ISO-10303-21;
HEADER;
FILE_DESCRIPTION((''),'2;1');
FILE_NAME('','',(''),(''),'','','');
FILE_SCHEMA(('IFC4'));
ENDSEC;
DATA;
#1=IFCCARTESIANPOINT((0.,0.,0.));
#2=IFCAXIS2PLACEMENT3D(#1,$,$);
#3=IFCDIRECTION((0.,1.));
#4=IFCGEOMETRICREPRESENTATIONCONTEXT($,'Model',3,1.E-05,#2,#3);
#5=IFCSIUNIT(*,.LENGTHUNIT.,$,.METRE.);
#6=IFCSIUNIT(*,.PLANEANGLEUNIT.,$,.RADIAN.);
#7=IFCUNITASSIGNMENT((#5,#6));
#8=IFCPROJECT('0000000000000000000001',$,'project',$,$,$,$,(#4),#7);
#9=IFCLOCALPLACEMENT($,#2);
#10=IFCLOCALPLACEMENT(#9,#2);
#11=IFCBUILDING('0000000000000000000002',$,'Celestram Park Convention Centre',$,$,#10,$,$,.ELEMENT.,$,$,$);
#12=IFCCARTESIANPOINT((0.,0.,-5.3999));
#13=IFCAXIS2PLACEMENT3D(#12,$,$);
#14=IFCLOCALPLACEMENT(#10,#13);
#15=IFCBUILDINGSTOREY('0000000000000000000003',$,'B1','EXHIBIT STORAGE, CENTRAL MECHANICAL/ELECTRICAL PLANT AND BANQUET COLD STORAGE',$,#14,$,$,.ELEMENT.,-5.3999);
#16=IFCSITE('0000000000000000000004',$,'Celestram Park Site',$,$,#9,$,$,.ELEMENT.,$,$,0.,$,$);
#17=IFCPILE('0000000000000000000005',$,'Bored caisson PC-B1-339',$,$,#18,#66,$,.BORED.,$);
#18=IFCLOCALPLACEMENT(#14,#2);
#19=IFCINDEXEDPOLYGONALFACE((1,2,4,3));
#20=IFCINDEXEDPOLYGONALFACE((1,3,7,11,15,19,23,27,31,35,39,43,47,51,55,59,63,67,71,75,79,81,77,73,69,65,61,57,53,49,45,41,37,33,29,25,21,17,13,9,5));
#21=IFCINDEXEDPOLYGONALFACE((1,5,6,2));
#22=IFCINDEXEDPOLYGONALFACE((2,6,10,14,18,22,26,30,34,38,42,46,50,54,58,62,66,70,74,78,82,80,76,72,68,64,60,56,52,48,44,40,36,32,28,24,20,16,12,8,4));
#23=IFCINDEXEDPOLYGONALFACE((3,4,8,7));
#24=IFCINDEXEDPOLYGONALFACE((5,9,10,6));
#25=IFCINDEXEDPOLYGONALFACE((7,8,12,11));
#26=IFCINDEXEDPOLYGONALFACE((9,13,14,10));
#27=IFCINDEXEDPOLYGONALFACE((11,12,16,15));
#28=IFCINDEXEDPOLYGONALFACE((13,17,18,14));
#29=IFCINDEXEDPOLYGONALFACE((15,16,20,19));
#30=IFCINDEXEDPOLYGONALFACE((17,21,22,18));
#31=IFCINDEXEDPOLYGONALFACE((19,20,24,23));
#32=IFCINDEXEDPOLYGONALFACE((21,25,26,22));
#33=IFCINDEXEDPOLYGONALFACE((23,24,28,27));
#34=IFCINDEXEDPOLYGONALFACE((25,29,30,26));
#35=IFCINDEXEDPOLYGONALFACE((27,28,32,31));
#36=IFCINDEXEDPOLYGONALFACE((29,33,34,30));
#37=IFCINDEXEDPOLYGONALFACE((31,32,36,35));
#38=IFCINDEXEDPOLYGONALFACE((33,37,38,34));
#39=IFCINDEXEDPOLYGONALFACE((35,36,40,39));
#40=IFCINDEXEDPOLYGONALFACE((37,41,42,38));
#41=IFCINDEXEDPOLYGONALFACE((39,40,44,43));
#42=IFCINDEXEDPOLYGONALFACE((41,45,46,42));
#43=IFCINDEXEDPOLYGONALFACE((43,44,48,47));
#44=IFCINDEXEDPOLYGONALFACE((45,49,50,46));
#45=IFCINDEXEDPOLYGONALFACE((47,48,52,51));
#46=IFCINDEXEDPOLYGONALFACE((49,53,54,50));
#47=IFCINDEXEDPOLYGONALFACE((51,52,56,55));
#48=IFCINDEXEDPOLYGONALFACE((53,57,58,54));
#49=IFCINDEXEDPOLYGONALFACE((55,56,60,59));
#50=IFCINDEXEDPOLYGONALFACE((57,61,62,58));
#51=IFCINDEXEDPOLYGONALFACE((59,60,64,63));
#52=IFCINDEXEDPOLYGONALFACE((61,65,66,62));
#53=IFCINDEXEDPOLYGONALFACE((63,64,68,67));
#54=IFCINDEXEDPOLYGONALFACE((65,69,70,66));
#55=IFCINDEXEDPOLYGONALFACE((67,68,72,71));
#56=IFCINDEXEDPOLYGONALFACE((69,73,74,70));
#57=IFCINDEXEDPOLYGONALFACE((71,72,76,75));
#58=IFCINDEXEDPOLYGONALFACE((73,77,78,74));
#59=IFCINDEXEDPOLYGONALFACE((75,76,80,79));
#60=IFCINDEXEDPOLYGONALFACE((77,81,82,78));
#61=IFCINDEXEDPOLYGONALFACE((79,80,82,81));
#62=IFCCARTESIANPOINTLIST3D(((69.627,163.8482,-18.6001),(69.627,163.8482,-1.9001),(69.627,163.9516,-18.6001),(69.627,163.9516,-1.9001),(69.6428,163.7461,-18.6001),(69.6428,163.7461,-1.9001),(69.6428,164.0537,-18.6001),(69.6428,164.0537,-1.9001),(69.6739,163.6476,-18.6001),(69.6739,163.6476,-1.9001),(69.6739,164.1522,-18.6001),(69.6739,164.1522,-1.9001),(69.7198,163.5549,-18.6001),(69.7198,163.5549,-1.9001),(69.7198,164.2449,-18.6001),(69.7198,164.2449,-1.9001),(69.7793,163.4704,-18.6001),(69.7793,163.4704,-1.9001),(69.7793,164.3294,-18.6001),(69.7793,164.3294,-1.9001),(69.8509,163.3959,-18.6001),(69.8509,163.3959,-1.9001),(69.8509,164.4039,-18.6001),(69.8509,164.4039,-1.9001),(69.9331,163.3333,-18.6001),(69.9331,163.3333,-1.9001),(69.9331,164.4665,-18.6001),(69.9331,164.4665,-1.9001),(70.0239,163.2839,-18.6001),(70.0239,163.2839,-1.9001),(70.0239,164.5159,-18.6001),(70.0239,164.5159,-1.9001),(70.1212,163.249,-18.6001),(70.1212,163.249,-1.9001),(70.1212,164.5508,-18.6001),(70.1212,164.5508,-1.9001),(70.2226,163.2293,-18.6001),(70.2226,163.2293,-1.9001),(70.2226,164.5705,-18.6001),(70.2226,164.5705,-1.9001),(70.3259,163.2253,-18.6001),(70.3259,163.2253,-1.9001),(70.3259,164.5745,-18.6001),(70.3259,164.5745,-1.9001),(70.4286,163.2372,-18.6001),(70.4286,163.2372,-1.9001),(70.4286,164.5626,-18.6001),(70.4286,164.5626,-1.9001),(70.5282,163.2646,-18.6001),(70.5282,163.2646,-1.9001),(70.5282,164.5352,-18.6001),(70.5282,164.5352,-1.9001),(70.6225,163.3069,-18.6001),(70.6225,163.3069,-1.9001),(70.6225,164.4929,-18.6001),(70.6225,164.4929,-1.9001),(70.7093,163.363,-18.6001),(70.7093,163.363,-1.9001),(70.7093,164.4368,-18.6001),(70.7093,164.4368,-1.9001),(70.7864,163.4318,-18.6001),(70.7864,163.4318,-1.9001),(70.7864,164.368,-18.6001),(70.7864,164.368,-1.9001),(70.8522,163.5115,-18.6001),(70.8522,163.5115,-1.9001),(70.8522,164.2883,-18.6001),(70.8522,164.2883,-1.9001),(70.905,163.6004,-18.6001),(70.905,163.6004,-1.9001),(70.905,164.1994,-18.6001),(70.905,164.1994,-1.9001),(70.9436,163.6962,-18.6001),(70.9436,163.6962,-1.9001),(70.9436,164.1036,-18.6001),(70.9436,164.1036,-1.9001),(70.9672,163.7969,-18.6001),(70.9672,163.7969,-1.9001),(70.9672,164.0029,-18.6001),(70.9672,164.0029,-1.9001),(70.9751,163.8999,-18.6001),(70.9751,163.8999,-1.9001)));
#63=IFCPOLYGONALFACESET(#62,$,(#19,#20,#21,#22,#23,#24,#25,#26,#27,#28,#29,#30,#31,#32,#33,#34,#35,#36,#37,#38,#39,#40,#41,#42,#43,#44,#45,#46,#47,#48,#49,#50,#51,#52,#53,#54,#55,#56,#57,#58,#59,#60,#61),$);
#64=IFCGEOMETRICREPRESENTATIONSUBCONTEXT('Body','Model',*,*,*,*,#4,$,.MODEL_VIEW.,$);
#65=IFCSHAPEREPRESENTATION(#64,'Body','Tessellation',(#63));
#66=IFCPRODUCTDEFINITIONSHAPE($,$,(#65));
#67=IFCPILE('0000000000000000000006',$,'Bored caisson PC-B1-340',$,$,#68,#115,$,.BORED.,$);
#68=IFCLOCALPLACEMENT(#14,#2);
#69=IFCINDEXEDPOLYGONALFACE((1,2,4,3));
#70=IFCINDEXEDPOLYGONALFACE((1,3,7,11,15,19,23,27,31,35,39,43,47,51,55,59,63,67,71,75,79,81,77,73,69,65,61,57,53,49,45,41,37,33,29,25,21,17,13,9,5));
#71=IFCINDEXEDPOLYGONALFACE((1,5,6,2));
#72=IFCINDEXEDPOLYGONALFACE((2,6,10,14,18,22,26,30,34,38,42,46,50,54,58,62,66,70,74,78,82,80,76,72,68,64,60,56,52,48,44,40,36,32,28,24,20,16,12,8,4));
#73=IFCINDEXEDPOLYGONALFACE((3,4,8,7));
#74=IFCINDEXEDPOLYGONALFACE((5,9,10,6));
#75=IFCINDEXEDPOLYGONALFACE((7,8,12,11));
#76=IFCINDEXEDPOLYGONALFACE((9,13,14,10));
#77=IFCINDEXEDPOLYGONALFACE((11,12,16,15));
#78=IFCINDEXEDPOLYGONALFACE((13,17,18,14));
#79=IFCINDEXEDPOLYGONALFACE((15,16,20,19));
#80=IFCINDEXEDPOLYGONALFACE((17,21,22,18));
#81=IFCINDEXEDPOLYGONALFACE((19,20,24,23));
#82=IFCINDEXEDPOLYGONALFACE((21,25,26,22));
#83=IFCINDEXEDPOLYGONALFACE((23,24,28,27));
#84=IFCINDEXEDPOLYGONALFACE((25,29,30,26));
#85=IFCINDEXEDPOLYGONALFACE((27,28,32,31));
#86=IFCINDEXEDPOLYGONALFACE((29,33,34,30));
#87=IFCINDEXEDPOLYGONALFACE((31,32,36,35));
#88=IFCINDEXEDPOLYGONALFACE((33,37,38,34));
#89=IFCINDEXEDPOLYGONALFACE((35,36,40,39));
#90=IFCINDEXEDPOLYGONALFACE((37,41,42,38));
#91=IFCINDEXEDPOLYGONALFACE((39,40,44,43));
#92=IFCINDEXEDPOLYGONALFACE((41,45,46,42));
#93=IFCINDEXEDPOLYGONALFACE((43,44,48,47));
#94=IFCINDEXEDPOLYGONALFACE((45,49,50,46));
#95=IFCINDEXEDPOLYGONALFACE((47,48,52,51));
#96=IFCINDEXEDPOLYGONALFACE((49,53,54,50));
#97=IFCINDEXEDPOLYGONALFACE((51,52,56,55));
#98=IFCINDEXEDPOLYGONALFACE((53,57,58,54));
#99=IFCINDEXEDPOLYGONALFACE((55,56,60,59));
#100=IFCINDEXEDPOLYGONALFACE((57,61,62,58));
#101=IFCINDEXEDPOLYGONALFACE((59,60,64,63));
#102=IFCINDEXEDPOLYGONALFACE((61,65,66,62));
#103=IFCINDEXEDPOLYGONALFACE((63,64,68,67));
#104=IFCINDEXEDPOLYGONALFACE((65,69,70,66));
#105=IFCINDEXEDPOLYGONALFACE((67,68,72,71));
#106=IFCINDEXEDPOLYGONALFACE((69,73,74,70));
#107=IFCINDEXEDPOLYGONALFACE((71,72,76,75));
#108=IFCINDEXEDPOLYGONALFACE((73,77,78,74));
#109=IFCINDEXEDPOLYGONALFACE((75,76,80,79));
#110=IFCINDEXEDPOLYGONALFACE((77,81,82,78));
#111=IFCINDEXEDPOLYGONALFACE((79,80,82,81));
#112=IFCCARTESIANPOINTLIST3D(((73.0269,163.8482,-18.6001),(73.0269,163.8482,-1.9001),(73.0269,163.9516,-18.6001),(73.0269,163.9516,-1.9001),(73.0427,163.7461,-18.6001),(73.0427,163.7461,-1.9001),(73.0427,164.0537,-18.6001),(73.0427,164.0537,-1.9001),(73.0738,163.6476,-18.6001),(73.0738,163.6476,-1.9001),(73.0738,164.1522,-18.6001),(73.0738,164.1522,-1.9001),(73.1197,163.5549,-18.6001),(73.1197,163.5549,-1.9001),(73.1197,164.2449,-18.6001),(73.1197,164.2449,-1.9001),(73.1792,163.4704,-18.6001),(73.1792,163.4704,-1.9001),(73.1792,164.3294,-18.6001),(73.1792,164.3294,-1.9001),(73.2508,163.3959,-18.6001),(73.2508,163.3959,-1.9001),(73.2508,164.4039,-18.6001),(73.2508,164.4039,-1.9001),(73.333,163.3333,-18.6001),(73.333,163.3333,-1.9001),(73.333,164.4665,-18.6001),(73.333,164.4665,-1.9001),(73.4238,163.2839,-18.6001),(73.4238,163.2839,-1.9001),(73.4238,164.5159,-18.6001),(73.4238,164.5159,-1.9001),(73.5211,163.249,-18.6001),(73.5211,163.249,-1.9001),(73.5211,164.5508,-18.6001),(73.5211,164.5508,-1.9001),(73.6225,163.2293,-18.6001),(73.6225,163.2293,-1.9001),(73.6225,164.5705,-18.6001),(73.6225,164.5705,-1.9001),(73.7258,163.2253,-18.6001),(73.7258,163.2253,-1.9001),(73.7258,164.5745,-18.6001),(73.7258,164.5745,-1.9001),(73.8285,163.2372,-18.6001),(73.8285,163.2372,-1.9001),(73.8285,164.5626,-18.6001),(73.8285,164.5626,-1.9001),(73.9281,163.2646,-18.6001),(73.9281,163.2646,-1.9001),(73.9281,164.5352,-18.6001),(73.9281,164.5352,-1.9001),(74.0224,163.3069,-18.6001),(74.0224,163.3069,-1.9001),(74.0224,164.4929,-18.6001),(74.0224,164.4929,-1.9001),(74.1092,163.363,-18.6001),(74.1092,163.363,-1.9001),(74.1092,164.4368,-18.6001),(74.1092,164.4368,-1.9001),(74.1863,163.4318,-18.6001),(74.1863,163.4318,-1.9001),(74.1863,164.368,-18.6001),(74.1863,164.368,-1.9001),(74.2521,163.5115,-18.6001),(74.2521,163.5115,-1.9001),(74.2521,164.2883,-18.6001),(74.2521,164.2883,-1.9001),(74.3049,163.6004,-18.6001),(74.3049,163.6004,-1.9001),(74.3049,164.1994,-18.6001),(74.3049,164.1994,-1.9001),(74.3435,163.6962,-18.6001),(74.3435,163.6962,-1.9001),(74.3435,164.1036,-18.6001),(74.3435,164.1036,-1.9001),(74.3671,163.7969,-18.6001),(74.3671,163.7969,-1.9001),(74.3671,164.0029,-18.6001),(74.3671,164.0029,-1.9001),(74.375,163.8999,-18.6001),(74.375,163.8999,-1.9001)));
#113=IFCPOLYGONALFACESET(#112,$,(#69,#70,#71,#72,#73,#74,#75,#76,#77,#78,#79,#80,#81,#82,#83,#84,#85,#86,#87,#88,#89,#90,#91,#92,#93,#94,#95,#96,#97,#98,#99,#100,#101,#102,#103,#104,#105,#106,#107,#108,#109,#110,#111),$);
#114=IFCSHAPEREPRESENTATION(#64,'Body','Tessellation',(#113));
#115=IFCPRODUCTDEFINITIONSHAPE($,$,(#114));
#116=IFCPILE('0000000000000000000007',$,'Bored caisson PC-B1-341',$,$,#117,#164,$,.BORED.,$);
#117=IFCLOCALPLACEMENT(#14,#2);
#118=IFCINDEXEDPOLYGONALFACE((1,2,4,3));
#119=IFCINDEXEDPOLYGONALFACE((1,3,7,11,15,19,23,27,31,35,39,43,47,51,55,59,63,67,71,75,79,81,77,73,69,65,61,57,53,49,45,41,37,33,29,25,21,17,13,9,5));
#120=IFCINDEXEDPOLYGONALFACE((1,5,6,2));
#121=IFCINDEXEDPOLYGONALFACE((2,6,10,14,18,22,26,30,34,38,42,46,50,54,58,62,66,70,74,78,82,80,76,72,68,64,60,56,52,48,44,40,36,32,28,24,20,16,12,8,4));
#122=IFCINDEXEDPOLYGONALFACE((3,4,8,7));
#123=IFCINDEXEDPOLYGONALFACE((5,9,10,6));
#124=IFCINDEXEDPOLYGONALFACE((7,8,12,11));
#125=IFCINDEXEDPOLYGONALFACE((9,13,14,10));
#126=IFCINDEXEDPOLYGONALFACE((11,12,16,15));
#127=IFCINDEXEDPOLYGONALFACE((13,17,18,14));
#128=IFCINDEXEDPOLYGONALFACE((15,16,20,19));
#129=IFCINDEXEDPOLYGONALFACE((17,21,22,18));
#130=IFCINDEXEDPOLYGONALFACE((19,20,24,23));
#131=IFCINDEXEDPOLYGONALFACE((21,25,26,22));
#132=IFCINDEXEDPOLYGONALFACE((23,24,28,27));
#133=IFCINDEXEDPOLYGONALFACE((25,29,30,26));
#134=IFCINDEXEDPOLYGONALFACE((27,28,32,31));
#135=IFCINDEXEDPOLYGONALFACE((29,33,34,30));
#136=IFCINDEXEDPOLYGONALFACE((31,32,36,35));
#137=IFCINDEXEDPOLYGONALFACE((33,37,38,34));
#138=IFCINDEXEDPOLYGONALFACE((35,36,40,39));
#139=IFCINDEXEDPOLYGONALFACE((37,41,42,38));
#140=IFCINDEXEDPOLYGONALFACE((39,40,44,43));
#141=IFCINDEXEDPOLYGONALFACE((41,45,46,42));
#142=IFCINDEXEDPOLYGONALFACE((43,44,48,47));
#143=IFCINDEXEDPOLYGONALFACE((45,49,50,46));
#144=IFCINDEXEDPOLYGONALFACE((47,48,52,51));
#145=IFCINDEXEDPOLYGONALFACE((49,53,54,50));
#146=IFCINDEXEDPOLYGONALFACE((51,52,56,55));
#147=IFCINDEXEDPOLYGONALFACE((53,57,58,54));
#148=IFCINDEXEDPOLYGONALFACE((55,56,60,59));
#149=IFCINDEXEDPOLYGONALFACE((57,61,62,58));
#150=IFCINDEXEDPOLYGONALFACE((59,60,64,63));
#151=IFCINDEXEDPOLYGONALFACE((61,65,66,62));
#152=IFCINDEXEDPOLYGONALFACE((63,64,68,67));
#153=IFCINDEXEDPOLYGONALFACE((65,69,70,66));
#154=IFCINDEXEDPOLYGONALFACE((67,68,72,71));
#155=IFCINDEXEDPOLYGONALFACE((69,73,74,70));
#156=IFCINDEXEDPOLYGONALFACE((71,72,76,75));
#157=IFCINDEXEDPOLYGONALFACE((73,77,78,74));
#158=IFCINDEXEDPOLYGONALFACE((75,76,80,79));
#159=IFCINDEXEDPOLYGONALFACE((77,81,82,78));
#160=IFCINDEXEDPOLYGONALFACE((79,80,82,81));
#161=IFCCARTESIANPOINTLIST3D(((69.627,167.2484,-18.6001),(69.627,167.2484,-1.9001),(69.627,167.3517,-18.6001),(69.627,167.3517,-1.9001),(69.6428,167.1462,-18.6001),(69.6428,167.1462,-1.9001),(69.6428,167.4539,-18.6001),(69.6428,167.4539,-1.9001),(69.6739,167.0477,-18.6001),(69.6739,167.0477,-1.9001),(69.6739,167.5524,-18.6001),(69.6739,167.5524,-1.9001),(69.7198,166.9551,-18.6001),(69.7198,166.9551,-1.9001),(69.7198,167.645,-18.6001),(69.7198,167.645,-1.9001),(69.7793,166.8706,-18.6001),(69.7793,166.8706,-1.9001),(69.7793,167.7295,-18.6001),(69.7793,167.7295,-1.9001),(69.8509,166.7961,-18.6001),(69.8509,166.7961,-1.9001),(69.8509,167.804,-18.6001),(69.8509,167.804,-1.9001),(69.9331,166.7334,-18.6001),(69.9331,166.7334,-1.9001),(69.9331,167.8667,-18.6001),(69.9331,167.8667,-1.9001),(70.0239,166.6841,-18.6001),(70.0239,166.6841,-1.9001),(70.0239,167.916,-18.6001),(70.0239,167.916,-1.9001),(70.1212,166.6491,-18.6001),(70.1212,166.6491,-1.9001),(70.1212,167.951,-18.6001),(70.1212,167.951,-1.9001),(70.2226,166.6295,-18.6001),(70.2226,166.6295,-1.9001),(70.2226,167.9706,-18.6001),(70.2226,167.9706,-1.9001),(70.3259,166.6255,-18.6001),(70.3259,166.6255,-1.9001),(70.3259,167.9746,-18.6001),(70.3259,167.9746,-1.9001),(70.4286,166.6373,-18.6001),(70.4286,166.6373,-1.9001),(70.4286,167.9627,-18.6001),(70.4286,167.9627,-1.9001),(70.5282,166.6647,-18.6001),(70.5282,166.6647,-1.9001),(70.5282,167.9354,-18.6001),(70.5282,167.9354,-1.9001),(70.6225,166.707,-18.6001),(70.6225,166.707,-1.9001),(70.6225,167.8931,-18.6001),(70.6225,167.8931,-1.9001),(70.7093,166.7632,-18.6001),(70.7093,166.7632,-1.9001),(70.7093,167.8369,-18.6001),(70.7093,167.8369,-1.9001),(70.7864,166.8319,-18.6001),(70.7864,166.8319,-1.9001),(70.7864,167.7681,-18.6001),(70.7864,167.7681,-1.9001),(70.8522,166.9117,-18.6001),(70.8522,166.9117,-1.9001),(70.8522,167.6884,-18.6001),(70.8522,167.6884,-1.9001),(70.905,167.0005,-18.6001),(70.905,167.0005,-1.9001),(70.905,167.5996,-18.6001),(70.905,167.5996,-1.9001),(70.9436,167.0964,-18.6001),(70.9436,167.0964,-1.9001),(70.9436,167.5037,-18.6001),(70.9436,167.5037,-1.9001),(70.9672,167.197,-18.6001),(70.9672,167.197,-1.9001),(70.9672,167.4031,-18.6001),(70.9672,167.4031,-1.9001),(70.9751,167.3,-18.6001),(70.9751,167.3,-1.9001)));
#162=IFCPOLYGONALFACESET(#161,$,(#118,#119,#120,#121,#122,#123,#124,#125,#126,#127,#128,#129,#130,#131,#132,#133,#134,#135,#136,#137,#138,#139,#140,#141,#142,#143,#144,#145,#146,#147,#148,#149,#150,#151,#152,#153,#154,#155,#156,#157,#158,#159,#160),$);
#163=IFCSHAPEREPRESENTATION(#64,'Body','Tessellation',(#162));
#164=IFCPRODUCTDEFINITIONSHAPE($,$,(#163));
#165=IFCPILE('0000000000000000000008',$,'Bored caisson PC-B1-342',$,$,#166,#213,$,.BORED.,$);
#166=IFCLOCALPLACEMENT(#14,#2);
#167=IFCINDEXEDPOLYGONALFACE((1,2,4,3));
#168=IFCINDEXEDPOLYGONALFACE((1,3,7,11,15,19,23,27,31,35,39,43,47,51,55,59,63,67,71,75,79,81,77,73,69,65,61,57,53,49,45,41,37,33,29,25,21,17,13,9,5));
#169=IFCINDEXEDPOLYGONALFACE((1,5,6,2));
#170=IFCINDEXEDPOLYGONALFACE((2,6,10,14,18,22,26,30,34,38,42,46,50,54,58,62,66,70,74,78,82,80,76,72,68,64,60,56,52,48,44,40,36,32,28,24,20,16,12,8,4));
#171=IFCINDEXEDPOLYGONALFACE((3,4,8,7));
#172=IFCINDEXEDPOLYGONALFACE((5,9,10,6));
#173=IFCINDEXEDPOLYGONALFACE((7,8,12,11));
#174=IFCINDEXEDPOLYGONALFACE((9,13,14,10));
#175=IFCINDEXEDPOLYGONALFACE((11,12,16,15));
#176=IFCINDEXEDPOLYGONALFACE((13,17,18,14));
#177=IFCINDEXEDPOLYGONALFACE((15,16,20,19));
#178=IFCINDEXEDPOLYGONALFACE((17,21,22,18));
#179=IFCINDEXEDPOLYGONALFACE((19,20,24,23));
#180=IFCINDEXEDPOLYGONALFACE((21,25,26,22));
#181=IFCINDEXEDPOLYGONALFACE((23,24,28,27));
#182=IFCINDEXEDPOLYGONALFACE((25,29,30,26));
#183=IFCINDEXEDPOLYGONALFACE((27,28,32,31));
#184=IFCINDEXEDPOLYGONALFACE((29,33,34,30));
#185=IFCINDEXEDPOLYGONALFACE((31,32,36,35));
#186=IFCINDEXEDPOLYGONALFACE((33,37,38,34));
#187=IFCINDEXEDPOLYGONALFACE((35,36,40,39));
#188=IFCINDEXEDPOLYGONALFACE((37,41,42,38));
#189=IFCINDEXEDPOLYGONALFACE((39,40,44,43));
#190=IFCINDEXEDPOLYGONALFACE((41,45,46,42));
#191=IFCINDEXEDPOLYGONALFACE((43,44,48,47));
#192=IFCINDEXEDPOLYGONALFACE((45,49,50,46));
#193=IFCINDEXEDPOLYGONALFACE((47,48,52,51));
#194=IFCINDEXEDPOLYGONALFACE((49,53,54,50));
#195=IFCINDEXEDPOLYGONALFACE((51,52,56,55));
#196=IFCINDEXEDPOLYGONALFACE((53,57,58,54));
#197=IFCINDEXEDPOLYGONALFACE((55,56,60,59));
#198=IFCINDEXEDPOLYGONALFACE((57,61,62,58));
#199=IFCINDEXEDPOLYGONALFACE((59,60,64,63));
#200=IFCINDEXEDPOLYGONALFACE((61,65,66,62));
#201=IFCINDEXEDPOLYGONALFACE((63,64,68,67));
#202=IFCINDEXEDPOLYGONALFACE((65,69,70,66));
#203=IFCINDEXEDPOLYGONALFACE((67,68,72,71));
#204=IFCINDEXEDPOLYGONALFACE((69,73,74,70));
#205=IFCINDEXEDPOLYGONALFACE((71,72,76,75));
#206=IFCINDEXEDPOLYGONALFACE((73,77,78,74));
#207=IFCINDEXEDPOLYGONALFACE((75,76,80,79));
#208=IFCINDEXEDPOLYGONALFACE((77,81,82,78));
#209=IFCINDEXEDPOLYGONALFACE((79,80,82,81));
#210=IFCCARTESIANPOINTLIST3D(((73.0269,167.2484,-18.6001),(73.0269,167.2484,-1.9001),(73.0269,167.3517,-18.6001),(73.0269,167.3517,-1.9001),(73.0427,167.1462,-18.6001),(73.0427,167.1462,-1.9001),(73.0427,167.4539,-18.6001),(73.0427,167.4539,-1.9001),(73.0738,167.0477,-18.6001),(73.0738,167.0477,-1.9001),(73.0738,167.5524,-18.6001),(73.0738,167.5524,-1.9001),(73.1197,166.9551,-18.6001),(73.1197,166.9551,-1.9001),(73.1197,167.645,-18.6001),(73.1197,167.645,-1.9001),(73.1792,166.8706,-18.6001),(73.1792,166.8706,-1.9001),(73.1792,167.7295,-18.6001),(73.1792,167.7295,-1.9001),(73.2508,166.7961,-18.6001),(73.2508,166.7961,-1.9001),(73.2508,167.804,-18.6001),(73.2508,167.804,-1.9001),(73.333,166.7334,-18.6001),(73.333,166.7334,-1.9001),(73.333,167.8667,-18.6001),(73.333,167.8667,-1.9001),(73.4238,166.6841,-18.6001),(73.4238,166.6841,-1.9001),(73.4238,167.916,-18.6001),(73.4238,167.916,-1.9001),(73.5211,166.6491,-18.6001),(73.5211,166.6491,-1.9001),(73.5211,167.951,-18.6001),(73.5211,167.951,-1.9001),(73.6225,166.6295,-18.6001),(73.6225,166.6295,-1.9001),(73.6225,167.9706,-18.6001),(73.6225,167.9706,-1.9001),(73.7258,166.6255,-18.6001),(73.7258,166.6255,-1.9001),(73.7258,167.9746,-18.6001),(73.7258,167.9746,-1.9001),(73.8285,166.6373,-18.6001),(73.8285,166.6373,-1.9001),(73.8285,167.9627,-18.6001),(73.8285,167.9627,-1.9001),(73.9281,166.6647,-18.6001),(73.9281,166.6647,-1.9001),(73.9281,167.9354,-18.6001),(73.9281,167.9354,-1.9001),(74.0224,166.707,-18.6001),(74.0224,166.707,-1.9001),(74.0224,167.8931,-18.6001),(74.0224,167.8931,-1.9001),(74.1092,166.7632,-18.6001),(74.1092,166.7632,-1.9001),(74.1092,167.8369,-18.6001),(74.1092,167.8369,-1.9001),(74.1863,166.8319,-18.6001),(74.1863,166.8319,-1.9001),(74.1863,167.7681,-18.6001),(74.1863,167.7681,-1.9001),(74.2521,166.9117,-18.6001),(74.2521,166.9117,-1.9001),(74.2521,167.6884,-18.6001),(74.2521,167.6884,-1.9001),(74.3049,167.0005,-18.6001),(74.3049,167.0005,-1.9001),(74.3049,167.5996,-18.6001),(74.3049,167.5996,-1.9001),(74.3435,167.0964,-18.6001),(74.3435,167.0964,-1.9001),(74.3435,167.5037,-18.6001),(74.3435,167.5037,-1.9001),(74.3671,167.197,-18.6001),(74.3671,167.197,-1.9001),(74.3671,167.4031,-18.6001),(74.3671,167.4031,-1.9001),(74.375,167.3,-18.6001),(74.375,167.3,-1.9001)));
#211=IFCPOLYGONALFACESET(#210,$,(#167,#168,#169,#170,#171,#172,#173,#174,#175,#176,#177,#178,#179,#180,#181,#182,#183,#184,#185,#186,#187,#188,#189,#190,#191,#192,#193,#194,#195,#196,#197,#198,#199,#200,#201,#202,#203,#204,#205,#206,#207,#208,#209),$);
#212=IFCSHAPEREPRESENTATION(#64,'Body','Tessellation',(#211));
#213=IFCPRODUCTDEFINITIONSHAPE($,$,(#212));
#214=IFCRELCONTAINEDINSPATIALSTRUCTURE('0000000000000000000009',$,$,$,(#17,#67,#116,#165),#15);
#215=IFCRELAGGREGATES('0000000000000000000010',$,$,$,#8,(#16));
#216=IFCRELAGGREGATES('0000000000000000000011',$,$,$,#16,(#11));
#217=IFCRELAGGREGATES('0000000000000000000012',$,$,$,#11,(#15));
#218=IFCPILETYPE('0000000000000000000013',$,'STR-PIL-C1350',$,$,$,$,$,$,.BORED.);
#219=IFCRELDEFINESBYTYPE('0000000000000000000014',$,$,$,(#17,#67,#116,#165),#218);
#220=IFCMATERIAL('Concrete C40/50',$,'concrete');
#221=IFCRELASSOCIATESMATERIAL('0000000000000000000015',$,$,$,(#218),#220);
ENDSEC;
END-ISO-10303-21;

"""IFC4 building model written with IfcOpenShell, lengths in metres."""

from ifc_helpers import new_model, si_unit, direction, frame, origin, origin_2d, place, context, subcontext, project, spatial, circle, extrude, material, material_profile, profile_set, type_object, element, save


model = new_model("IFC4")

# Units and contexts
model_context = context("Model", 3, precision=1e-05, world=origin(), true_north=direction((0.0, 1.0)))
body_context = subcontext(model_context, "Body", "Model", "MODEL_VIEW")
ifc_project = project(units=[si_unit("LENGTHUNIT", "METRE"), si_unit("PLANEANGLEUNIT", "RADIAN")], contexts=[model_context])

# Site, building, storey
site_placement = place(None, origin())
site = spatial("IfcSite", under=ifc_project, at=site_placement, Name="Celestram Park Site", CompositionType="ELEMENT", RefElevation=0.0)
building_placement = place(site_placement, origin())
building = spatial("IfcBuilding", under=site, at=building_placement, Name="Celestram Park Convention Centre", CompositionType="ELEMENT")
storey_placement = place(building_placement, frame((0.0, 0.0, -5.3999)))
storey = spatial("IfcBuildingStorey", under=building, at=storey_placement, Name="B1", Description="EXHIBIT STORAGE, CENTRAL MECHANICAL/ELECTRICAL PLANT AND BANQUET COLD STORAGE", CompositionType="ELEMENT", Elevation=-5.3999)

# Shared definitions
ifc_material_1 = material(Name="Concrete C40/50", Category="concrete")

# Piles
ifc_material_profile_1 = material_profile(ifc_material_1, circle(Radius=0.675, at=origin_2d()), Name="CAISSON1350")
ifc_profile_set_1 = profile_set([ifc_material_profile_1], Name="Concrete C40/50")
pile_type = type_object("IfcPileType", Name="STR-PIL-C1350", PredefinedType="BORED", material=ifc_profile_set_1)
for number, where, z_axis, x_axis, name in (
    (1, (70.3, 163.8999, -1.9001), (0.0, 0.0, -1.0), (1.0, 0.0, 0.0), "Bored caisson PC-B1-339"),
    (2, (73.7, 163.8999, -1.9001), (0.0, 0.0, -1.0), (1.0, 0.0, 0.0), "Bored caisson PC-B1-340"),
    (3, (70.3, 167.3, -1.9001), (0.0, 0.0, -1.0), (1.0, 0.0, 0.0), "Bored caisson PC-B1-341"),
    (4, (73.7, 167.3, -1.9001), (0.0, 0.0, -1.0), (1.0, 0.0, 0.0), "Bored caisson PC-B1-342"),
):
    element("IfcPile", number, at=place(storey_placement, frame(where, z_axis=z_axis, x_axis=x_axis)), inside=storey, type_object=pile_type, Name=name, PredefinedType="BORED", context=body_context, shape_type="SweptSolid", body=[
        extrude(circle(Radius=0.675, at=origin_2d()), origin(), (0.0, 0.0, 1.0), 16.7),
    ])

save(model, "model.ifc")
